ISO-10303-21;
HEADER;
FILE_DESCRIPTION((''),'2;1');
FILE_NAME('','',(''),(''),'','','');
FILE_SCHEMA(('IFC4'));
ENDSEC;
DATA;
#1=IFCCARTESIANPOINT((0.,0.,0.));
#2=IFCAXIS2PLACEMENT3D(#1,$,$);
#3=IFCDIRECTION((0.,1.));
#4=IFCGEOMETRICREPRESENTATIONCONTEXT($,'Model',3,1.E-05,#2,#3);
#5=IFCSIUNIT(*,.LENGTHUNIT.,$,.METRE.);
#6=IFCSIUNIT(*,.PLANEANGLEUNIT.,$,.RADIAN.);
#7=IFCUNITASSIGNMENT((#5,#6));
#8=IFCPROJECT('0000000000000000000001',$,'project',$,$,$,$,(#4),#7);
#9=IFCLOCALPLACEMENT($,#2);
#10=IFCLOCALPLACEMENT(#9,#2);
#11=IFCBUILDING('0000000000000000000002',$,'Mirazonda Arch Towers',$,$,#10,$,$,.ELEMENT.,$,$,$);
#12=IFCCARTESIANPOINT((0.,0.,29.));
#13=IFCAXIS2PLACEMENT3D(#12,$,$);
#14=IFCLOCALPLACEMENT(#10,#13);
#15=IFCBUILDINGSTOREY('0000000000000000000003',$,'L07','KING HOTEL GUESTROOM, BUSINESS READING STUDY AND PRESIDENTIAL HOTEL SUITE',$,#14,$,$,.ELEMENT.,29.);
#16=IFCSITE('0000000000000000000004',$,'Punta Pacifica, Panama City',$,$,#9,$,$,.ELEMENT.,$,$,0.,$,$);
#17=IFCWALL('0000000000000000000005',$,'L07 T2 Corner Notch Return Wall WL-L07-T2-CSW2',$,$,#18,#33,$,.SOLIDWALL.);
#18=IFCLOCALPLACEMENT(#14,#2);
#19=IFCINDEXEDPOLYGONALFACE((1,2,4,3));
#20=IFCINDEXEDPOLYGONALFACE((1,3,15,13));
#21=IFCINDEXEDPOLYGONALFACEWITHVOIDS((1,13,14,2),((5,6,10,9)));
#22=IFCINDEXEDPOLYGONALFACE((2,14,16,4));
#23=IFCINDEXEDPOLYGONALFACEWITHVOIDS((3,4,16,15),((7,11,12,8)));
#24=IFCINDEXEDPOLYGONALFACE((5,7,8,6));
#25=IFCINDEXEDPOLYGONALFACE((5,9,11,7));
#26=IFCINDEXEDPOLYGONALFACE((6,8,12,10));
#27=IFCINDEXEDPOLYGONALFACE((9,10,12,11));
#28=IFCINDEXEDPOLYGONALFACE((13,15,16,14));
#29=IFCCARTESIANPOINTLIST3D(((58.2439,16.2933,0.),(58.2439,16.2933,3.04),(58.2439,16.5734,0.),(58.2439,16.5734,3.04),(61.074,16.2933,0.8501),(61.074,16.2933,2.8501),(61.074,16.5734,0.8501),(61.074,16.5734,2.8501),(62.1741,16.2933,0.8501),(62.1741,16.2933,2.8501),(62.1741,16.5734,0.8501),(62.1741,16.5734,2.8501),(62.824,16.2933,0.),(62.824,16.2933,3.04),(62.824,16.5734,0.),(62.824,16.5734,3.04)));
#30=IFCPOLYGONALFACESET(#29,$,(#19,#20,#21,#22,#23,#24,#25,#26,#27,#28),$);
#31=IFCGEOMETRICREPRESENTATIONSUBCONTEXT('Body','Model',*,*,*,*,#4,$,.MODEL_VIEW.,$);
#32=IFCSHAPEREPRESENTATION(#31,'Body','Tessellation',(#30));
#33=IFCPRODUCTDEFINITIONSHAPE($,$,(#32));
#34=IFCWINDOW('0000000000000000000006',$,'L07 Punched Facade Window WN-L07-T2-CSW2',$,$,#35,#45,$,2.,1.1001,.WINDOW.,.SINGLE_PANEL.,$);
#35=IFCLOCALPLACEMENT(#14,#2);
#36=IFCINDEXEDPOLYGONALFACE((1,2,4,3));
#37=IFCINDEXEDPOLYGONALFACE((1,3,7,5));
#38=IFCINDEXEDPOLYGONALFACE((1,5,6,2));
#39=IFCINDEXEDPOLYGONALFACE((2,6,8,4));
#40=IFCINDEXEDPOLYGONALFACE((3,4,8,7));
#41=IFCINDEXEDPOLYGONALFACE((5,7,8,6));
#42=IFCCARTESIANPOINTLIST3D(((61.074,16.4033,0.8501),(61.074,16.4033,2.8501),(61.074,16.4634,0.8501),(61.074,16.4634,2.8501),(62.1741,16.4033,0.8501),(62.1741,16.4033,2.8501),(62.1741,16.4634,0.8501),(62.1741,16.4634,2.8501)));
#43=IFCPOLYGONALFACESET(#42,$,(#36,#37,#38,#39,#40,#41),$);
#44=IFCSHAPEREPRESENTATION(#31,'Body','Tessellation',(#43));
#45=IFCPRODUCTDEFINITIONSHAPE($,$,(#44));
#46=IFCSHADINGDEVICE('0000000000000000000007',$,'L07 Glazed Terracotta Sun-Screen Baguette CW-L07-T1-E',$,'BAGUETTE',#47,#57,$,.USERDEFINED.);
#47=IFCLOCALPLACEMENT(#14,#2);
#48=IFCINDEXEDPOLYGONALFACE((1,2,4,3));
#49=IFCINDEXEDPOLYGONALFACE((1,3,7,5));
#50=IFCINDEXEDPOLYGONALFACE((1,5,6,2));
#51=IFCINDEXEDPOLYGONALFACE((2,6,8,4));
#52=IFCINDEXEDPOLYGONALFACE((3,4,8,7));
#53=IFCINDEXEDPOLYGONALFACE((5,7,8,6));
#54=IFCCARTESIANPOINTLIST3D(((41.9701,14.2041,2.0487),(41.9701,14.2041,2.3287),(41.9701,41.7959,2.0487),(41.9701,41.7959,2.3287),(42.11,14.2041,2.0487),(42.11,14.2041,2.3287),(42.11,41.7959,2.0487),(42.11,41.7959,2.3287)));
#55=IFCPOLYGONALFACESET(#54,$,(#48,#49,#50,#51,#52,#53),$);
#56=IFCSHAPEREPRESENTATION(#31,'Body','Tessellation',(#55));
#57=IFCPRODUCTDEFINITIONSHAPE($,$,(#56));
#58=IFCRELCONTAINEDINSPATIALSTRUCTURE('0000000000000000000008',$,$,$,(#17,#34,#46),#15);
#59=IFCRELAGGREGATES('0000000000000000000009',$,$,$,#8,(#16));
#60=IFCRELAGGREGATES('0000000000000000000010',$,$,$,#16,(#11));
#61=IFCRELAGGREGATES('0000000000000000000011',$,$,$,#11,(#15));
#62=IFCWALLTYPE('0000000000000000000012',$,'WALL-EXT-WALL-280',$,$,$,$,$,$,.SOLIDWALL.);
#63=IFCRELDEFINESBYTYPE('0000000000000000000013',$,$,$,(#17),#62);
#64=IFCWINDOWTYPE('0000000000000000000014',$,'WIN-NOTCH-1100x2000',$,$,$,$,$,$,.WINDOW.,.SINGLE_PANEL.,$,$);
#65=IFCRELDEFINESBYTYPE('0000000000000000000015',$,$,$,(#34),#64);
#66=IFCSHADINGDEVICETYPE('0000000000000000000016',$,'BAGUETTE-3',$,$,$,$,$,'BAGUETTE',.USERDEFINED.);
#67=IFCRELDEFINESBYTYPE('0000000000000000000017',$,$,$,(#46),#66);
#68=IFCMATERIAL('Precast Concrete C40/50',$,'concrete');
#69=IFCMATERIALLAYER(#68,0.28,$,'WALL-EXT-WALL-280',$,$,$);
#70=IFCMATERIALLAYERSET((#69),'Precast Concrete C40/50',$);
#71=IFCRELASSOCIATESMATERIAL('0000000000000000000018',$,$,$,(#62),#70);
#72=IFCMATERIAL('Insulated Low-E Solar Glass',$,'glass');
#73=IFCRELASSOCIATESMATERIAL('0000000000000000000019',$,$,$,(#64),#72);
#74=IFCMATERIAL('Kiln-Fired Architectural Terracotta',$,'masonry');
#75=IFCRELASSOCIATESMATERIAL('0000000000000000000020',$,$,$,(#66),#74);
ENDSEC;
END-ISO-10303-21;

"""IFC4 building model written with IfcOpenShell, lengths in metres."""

from ifc_helpers import new_model, si_unit, direction, frame, frame_2d, origin, origin_2d, place, context, subcontext, project, spatial, rectangle, extrude, material, layer, layer_set, material_profile, profile_set, type_object, element, fill, save


model = new_model("IFC4")

# Units and contexts
model_context = context("Model", 3, precision=1e-05, world=origin(), true_north=direction((0.0, 1.0)))
body_context = subcontext(model_context, "Body", "Model", "MODEL_VIEW")
ifc_project = project(units=[si_unit("LENGTHUNIT", "METRE"), si_unit("PLANEANGLEUNIT", "RADIAN")], contexts=[model_context])

# Site, building, storey
site_placement = place(None, origin())
site = spatial("IfcSite", under=ifc_project, at=site_placement, Name="Punta Pacifica, Panama City", CompositionType="ELEMENT", RefElevation=0.0)
building_placement = place(site_placement, origin())
building = spatial("IfcBuilding", under=site, at=building_placement, Name="Mirazonda Arch Towers", CompositionType="ELEMENT")
storey_placement = place(building_placement, frame((0.0, 0.0, 29.0)))
storey = spatial("IfcBuildingStorey", under=building, at=storey_placement, Name="L07", Description="KING HOTEL GUESTROOM, BUSINESS READING STUDY AND PRESIDENTIAL HOTEL SUITE", CompositionType="ELEMENT", Elevation=29.0)

# Shared definitions
ifc_material_1 = material(Name="Insulated Low-E Solar Glass", Category="glass")

# Shared definitions
ifc_material_2 = material(Name="Precast Concrete C40/50", Category="concrete")
ifc_layer_1 = layer(ifc_material_2, 0.28, Name="WALL-EXT-WALL-280")
ifc_layer_set_1 = layer_set([ifc_layer_1], Name="Precast Concrete C40/50")
wall_type = type_object("IfcWallType", Name="WALL-EXT-WALL-280", PredefinedType="SOLIDWALL", material=ifc_layer_set_1)

# Wall, opening, window
wall_1_placement = place(storey_placement, frame((58.2439, 16.4333, 0.0), z_axis=(0.0, 0.0, 1.0), x_axis=(1.0, 0.0, 0.0)))
wall_1 = element("IfcWall", 1, at=wall_1_placement, inside=storey, type_object=wall_type, Name="L07 T2 Corner Notch Return Wall WL-L07-T2-CSW2", PredefinedType="SOLIDWALL", context=body_context, shape_type="SweptSolid", body=[
    extrude(rectangle(XDim=4.5801, YDim=0.28, at=frame_2d((2.29, 0.0))), origin(), (0.0, 0.0, 1.0), 3.04),
])
opening_placement = place(wall_1_placement, frame((2.8301, 0.0, 0.8501)))
opening = element("IfcOpeningElement", 2, at=opening_placement, cuts=wall_1, PredefinedType="OPENING", context=body_context, shape_type="SweptSolid", body=[
    extrude(rectangle(XDim=1.1001, YDim=2.0, at=frame_2d((0.55, 1.0))), frame((0.0, 0.1499, 0.0), z_axis=(0.0, -1.0, 0.0), x_axis=(1.0, 0.0, 0.0)), (0.0, 0.0, 1.0), 0.3),
])
window_type = type_object("IfcWindowType", Name="WIN-NOTCH-1100x2000", PartitioningType="SINGLE_PANEL", PredefinedType="WINDOW", material=ifc_material_1)
window_placement = place(opening_placement, origin())
window = element("IfcWindow", 3, at=window_placement, inside=storey, type_object=window_type, Name="L07 Punched Facade Window WN-L07-T2-CSW2", OverallHeight=2.0, OverallWidth=1.1001, PartitioningType="SINGLE_PANEL", PredefinedType="WINDOW", context=body_context, shape_type="SweptSolid", body=[
    extrude(rectangle(XDim=1.1001, YDim=2.0, at=frame_2d((0.55, 1.0))), frame((0.0, 0.03, 0.0), z_axis=(0.0, -1.0, 0.0), x_axis=(1.0, 0.0, 0.0)), (0.0, 0.0, 1.0), 0.0601),
])
fill(opening, window)

# Shading device
ifc_material_3 = material(Name="Kiln-Fired Architectural Terracotta", Category="masonry")
ifc_material_profile_1 = material_profile(ifc_material_3, rectangle(XDim=0.1399, YDim=0.28, at=origin_2d()), Name="TERRA-BAG-140x280")
ifc_profile_set_1 = profile_set([ifc_material_profile_1], Name="Kiln-Fired Architectural Terracotta")
shading_device_type = type_object("IfcShadingDeviceType", Name="BAGUETTE-3", ElementType="BAGUETTE", PredefinedType="USERDEFINED", material=ifc_profile_set_1)
shading_device_placement = place(storey_placement, frame((42.04, 14.2041, 2.1887), z_axis=(0.0, 1.0, 0.0), x_axis=(-1.0, 0.0, 0.0)))
element("IfcShadingDevice", 4, at=shading_device_placement, inside=storey, type_object=shading_device_type, Name="L07 Glazed Terracotta Sun-Screen Baguette CW-L07-T1-E", ObjectType="BAGUETTE", PredefinedType="USERDEFINED", context=body_context, shape_type="SweptSolid", body=[
    extrude(rectangle(XDim=0.1399, YDim=0.28, at=origin_2d()), origin(), (0.0, 0.0, 1.0), 27.5918),
])

save(model, "model.ifc")
